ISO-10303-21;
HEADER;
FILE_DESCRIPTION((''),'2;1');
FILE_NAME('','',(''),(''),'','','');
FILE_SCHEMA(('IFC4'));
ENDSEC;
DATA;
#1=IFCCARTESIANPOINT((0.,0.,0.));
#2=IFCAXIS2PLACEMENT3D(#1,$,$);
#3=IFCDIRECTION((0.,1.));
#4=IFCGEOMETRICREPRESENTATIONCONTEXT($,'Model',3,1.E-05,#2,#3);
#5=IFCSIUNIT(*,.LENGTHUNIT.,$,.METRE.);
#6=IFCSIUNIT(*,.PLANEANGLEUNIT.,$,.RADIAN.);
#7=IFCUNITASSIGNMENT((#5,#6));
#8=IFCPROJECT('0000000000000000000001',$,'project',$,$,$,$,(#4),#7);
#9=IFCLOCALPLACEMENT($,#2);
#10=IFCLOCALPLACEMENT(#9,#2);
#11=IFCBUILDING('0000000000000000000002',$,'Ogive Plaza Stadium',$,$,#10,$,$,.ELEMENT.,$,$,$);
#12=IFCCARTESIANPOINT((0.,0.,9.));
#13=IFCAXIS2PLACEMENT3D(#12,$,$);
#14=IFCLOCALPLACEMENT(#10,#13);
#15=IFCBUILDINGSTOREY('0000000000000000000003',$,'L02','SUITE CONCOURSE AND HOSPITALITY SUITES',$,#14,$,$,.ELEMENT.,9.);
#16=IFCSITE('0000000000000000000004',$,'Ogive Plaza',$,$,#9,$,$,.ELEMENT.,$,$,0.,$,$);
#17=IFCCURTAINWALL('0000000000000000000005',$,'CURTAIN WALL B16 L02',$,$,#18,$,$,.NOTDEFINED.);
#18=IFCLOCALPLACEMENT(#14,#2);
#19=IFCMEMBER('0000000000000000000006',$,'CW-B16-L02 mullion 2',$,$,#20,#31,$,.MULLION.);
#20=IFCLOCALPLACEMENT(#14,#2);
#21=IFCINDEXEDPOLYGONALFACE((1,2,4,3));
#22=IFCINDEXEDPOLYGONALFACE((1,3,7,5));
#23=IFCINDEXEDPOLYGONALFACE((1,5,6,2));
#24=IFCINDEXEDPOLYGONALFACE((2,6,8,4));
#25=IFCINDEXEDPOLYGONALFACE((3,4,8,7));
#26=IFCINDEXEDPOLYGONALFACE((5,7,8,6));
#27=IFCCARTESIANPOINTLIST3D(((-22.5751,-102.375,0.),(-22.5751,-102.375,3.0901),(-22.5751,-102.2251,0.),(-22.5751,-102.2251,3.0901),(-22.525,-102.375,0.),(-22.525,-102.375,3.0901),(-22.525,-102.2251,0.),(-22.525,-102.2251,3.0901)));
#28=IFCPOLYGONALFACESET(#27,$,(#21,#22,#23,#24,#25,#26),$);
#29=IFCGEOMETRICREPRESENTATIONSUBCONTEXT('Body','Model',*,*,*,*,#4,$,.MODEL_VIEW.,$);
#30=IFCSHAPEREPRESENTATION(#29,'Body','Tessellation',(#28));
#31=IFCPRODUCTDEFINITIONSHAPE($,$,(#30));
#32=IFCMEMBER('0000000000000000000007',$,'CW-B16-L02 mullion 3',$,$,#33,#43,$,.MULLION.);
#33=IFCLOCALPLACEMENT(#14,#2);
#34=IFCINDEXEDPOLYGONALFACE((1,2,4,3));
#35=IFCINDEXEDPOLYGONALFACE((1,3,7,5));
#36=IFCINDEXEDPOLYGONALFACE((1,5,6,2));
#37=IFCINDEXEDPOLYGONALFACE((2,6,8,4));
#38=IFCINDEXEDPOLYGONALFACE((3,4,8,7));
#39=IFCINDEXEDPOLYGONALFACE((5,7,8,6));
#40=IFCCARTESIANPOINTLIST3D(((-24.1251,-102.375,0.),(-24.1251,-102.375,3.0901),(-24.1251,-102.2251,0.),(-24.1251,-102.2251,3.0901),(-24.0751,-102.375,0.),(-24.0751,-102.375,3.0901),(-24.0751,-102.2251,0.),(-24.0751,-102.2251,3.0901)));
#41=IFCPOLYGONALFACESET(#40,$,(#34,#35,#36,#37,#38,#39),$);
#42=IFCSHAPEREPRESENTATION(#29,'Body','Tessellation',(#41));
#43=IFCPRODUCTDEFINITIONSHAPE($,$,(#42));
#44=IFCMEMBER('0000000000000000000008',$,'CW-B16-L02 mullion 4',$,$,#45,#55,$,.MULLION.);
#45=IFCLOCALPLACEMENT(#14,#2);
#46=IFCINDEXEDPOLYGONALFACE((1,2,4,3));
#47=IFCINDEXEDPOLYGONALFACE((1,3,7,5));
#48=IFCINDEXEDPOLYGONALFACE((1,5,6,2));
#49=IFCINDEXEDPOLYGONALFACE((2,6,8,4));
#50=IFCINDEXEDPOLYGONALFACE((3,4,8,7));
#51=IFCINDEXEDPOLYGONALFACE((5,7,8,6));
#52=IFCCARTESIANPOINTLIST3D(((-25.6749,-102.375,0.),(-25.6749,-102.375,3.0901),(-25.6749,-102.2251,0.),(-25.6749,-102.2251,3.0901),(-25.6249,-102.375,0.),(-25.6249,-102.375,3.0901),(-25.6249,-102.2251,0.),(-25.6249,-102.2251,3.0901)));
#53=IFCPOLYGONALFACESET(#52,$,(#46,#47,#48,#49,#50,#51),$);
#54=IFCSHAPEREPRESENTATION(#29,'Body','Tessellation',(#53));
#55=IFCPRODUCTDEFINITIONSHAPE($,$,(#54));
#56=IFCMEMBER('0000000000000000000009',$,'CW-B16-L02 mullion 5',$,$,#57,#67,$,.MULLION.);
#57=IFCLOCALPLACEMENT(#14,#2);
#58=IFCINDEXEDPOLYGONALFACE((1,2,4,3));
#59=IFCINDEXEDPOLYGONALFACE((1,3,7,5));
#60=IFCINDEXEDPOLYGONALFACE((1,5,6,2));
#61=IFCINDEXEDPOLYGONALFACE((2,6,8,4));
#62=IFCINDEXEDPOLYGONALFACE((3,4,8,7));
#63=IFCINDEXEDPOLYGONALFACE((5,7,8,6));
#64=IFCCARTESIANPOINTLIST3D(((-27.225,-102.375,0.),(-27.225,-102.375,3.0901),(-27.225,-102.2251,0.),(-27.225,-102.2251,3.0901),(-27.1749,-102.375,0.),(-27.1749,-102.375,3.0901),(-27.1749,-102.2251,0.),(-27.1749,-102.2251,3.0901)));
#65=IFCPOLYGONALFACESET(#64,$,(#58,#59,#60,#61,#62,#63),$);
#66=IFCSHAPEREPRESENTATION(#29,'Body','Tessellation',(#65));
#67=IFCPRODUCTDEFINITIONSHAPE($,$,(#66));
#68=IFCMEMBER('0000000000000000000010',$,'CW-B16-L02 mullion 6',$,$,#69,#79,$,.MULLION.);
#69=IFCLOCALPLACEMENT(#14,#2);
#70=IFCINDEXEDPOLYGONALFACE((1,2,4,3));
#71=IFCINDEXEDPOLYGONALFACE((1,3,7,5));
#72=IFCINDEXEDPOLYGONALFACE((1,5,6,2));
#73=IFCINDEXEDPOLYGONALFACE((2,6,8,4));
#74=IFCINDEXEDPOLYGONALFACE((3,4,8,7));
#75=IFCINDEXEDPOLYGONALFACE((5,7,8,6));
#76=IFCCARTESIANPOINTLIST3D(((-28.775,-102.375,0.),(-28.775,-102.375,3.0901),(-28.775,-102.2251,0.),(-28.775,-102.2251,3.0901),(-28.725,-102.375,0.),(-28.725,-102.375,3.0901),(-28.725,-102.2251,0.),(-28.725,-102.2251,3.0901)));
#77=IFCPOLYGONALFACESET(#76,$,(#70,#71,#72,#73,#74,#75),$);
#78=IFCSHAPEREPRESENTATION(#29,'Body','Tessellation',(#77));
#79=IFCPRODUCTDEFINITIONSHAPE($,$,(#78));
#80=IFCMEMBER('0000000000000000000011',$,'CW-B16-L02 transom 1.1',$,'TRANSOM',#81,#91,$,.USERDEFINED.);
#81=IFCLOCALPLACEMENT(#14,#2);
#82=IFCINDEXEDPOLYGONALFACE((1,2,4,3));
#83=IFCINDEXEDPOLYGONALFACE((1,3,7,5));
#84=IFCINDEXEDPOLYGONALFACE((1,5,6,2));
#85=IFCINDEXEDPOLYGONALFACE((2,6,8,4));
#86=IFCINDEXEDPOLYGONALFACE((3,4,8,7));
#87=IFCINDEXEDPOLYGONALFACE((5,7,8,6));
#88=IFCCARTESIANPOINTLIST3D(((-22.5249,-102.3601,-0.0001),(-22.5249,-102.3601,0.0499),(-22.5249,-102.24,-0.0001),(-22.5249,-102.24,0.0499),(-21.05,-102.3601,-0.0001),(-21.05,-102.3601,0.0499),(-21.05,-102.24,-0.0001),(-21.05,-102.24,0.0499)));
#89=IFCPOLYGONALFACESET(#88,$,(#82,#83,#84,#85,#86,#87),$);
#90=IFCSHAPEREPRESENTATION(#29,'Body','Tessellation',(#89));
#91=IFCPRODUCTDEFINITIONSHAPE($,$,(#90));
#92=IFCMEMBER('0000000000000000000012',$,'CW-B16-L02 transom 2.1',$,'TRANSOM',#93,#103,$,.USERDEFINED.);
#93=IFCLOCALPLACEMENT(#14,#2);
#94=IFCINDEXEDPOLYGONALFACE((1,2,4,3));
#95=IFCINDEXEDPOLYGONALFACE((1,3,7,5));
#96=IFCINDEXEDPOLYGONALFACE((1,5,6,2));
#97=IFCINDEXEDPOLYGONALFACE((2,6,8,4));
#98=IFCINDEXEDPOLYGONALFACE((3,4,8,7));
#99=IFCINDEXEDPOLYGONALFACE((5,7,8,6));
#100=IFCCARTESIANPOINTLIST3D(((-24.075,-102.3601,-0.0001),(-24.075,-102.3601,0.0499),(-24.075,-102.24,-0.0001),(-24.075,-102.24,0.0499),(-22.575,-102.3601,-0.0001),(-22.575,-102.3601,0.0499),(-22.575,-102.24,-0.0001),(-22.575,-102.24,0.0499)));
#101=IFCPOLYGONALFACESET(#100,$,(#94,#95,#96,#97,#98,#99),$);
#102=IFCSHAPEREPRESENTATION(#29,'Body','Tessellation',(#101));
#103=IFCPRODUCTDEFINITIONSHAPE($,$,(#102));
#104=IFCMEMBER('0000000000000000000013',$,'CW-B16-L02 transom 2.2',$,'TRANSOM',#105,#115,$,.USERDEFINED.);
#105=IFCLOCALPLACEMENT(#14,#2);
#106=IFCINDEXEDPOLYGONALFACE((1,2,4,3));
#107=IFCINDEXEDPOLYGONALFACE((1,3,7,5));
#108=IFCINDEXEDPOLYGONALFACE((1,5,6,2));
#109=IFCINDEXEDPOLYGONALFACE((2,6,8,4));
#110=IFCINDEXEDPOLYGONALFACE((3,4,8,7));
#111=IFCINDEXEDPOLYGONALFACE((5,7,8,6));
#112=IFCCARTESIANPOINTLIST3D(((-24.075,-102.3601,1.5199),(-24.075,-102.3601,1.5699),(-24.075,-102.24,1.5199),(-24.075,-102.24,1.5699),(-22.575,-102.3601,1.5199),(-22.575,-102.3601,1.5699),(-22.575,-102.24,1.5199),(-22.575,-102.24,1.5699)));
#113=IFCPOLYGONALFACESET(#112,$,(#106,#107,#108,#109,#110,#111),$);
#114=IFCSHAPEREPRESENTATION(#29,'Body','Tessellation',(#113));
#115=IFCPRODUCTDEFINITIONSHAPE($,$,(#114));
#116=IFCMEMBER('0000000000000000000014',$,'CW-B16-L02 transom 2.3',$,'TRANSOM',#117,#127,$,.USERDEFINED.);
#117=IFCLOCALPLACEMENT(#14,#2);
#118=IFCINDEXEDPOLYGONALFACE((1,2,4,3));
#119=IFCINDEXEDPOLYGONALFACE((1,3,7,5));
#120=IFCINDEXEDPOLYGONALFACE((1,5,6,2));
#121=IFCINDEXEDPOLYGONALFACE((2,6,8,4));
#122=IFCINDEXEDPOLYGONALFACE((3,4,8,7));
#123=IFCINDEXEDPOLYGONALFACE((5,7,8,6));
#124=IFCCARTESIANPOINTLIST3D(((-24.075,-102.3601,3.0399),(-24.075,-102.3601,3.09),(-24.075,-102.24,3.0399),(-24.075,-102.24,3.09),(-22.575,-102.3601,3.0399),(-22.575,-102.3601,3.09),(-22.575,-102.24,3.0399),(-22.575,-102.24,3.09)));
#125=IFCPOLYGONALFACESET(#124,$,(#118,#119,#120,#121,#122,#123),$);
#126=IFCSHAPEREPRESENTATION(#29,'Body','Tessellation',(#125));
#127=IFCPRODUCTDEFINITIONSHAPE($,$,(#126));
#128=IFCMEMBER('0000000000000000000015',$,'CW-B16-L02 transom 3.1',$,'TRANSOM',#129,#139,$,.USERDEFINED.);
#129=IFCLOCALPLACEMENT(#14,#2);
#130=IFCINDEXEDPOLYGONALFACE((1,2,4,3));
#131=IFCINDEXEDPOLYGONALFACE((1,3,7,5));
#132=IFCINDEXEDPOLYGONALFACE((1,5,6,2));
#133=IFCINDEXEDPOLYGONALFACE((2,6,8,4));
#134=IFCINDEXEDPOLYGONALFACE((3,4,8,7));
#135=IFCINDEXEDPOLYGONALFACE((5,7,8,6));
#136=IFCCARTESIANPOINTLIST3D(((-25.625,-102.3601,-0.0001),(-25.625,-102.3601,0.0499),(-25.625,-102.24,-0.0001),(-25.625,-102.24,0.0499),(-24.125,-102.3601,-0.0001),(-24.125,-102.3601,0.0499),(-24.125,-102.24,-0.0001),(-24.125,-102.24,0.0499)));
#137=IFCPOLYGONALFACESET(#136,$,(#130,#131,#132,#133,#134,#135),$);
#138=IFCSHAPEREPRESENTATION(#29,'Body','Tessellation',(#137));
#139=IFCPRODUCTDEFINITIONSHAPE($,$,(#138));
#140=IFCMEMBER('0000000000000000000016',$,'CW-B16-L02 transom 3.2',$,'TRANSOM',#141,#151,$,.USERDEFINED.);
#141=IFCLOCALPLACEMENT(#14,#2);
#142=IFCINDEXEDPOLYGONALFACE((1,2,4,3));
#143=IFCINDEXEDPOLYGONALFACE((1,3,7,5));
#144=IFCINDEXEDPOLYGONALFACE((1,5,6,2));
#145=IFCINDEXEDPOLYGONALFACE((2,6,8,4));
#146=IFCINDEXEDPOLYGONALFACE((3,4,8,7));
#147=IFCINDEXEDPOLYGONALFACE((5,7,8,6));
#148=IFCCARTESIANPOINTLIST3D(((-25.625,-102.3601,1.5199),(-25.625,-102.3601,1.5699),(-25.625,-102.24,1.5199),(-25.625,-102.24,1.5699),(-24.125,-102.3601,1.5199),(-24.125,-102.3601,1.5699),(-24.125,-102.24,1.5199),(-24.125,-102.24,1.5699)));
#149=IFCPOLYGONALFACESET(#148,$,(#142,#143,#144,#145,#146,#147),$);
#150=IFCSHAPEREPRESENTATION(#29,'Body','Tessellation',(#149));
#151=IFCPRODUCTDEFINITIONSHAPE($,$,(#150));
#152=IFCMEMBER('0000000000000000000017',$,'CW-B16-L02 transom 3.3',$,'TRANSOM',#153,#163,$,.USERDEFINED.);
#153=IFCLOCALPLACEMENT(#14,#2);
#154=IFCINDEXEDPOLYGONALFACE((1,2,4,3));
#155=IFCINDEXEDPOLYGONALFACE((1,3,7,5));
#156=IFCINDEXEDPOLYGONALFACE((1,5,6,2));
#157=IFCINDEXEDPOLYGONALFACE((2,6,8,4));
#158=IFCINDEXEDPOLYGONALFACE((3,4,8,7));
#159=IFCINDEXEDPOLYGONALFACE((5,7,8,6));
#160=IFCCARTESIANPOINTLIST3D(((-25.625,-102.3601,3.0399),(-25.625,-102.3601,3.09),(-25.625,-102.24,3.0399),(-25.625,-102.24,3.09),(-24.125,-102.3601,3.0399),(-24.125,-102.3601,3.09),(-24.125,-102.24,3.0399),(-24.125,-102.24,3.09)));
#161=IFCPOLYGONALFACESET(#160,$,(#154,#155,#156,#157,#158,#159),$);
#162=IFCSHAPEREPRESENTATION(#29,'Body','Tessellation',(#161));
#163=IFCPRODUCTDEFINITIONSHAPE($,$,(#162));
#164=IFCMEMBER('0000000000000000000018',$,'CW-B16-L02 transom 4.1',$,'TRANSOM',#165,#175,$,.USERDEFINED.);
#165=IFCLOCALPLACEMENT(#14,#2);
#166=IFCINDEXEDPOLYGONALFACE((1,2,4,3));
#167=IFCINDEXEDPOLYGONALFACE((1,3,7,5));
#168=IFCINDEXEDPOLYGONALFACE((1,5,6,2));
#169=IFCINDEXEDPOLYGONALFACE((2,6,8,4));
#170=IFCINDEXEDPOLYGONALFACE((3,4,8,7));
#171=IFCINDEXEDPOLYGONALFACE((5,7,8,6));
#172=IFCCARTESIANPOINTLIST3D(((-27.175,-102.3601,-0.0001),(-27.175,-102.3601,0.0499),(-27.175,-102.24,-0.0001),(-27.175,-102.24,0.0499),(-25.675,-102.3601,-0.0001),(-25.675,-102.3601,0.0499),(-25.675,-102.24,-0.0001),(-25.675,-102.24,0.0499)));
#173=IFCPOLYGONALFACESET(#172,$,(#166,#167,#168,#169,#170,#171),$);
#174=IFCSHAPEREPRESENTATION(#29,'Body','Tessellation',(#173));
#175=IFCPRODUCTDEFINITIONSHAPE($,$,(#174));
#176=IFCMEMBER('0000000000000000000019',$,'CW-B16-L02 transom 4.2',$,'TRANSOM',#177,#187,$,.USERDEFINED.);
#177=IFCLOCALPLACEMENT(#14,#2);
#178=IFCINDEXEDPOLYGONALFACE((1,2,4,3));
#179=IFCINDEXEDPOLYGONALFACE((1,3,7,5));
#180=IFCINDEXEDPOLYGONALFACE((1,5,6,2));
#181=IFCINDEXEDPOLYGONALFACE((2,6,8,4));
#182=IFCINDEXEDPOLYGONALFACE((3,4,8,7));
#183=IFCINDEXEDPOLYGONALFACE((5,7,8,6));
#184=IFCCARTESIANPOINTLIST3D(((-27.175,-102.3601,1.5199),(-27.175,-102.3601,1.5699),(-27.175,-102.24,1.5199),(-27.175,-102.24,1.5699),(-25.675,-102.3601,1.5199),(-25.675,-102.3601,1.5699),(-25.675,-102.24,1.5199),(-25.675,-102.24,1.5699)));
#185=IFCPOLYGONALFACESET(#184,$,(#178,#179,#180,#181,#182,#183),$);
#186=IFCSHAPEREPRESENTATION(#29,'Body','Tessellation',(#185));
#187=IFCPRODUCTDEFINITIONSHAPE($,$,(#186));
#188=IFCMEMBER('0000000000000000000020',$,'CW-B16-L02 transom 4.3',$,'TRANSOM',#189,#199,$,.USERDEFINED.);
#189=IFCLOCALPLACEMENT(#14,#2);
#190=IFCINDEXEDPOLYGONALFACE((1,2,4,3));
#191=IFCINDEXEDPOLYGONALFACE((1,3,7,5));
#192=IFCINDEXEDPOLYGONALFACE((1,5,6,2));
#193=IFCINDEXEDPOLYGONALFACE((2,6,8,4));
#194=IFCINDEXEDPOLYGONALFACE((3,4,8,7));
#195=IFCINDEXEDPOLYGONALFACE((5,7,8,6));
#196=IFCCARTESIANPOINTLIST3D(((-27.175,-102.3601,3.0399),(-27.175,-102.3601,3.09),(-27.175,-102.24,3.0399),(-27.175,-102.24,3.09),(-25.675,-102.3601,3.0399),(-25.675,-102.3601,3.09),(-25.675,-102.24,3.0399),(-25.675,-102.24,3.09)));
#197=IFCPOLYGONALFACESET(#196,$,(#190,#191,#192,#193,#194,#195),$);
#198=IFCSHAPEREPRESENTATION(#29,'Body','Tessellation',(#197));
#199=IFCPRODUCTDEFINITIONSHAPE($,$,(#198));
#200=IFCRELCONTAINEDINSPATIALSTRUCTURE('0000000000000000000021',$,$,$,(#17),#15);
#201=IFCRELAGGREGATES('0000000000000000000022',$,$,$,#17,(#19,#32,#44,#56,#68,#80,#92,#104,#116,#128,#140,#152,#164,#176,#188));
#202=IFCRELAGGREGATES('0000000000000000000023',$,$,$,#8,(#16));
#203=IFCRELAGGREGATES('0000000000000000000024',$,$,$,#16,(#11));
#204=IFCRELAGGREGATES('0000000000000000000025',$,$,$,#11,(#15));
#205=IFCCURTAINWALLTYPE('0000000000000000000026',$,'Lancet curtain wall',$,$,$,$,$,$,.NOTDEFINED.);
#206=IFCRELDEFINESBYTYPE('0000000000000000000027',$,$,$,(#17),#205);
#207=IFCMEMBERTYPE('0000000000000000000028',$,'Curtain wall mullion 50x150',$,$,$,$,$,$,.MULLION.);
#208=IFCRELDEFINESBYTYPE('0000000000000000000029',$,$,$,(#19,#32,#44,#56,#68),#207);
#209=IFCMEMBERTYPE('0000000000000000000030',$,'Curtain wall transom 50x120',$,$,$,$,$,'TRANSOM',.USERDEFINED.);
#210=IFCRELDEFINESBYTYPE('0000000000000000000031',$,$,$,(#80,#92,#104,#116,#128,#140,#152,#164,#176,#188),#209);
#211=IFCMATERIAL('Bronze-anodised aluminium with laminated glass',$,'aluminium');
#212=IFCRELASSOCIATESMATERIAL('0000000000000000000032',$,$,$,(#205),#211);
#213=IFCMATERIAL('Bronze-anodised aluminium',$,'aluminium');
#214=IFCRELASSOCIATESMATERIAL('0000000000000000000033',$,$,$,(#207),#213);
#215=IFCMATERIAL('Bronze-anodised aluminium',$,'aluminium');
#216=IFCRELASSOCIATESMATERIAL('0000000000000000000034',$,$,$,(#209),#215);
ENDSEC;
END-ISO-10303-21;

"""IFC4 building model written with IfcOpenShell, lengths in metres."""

from ifc_helpers import new_model, si_unit, direction, frame, origin, origin_2d, place, context, subcontext, project, spatial, rectangle, extrude, material, material_profile, profile_set, type_object, element, aggregate, save


model = new_model("IFC4")

# Units and contexts
model_context = context("Model", 3, precision=1e-05, world=origin(), true_north=direction((0.0, 1.0)))
body_context = subcontext(model_context, "Body", "Model", "MODEL_VIEW")
ifc_project = project(units=[si_unit("LENGTHUNIT", "METRE"), si_unit("PLANEANGLEUNIT", "RADIAN")], contexts=[model_context])

# Site, building, storey
site_placement = place(None, origin())
site = spatial("IfcSite", under=ifc_project, at=site_placement, Name="Ogive Plaza", CompositionType="ELEMENT", RefElevation=0.0)
building_placement = place(site_placement, origin())
building = spatial("IfcBuilding", under=site, at=building_placement, Name="Ogive Plaza Stadium", CompositionType="ELEMENT")
storey_placement = place(building_placement, frame((0.0, 0.0, 9.0)))
storey = spatial("IfcBuildingStorey", under=building, at=storey_placement, Name="L02", Description="SUITE CONCOURSE AND HOSPITALITY SUITES", CompositionType="ELEMENT", Elevation=9.0)

# Curtain wall, members
ifc_material_1 = material(Name="Bronze-anodised aluminium with laminated glass", Category="aluminium")
curtain_wall_type = type_object("IfcCurtainWallType", Name="Lancet curtain wall", PredefinedType="NOTDEFINED", material=ifc_material_1)
curtain_wall_placement = place(storey_placement, origin())
curtain_wall = element("IfcCurtainWall", 1, at=curtain_wall_placement, inside=storey, type_object=curtain_wall_type, Name="CURTAIN WALL B16 L02", PredefinedType="NOTDEFINED")
ifc_material_2 = material(Name="Bronze-anodised aluminium", Category="aluminium")
ifc_material_profile_1 = material_profile(ifc_material_2, rectangle(XDim=0.1499, YDim=0.05, at=origin_2d()), Name="AL 150x50")
ifc_profile_set_1 = profile_set([ifc_material_profile_1], Name="Bronze-anodised aluminium")
member_type_1 = type_object("IfcMemberType", Name="Curtain wall mullion 50x150", PredefinedType="MULLION", material=ifc_profile_set_1)
member_1_placement = place(storey_placement, frame((-22.55, -102.3, 0.0), z_axis=(0.0, 0.0, 1.0), x_axis=(0.0, -1.0, 0.0)))
member_1 = element("IfcMember", 2, at=member_1_placement, type_object=member_type_1, Name="CW-B16-L02 mullion 2", PredefinedType="MULLION", context=body_context, shape_type="SweptSolid", body=[
    extrude(rectangle(XDim=0.1499, YDim=0.05, at=origin_2d()), origin(), (0.0, 0.0, 1.0), 3.0901),
])
member_2_placement = place(storey_placement, frame((-24.1001, -102.3, 0.0), z_axis=(0.0, 0.0, 1.0), x_axis=(0.0, -1.0, 0.0)))
member_2 = element("IfcMember", 3, at=member_2_placement, type_object=member_type_1, Name="CW-B16-L02 mullion 3", PredefinedType="MULLION", context=body_context, shape_type="SweptSolid", body=[
    extrude(rectangle(XDim=0.1499, YDim=0.05, at=origin_2d()), origin(), (0.0, 0.0, 1.0), 3.0901),
])
member_3_placement = place(storey_placement, frame((-25.6499, -102.3, 0.0), z_axis=(0.0, 0.0, 1.0), x_axis=(0.0, -1.0, 0.0)))
member_3 = element("IfcMember", 4, at=member_3_placement, type_object=member_type_1, Name="CW-B16-L02 mullion 4", PredefinedType="MULLION", context=body_context, shape_type="SweptSolid", body=[
    extrude(rectangle(XDim=0.1499, YDim=0.05, at=origin_2d()), origin(), (0.0, 0.0, 1.0), 3.0901),
])
member_4_placement = place(storey_placement, frame((-27.2, -102.3, 0.0), z_axis=(0.0, 0.0, 1.0), x_axis=(0.0, -1.0, 0.0)))
member_4 = element("IfcMember", 5, at=member_4_placement, type_object=member_type_1, Name="CW-B16-L02 mullion 5", PredefinedType="MULLION", context=body_context, shape_type="SweptSolid", body=[
    extrude(rectangle(XDim=0.1499, YDim=0.05, at=origin_2d()), origin(), (0.0, 0.0, 1.0), 3.0901),
])
member_5_placement = place(storey_placement, frame((-28.75, -102.3, 0.0), z_axis=(0.0, 0.0, 1.0), x_axis=(0.0, -1.0, 0.0)))
member_5 = element("IfcMember", 6, at=member_5_placement, type_object=member_type_1, Name="CW-B16-L02 mullion 6", PredefinedType="MULLION", context=body_context, shape_type="SweptSolid", body=[
    extrude(rectangle(XDim=0.1499, YDim=0.05, at=origin_2d()), origin(), (0.0, 0.0, 1.0), 3.0901),
])
ifc_material_3 = material(Name="Bronze-anodised aluminium", Category="aluminium")
ifc_material_profile_2 = material_profile(ifc_material_3, rectangle(XDim=0.1201, YDim=0.05, at=origin_2d()), Name="AL 120x50")
ifc_profile_set_2 = profile_set([ifc_material_profile_2], Name="Bronze-anodised aluminium")
member_type_2 = type_object("IfcMemberType", Name="Curtain wall transom 50x120", ElementType="TRANSOM", PredefinedType="USERDEFINED", material=ifc_profile_set_2)
member_6_placement = place(storey_placement, frame((-21.05, -102.3, 0.0249), z_axis=(-1.0, 0.0, 0.0), x_axis=(0.0, -1.0, 0.0)))
member_6 = element("IfcMember", 7, at=member_6_placement, type_object=member_type_2, Name="CW-B16-L02 transom 1.1", ObjectType="TRANSOM", PredefinedType="USERDEFINED", context=body_context, shape_type="SweptSolid", body=[
    extrude(rectangle(XDim=0.1201, YDim=0.05, at=origin_2d()), origin(), (0.0, 0.0, 1.0), 1.4749),
])
member_7_placement = place(storey_placement, frame((-22.575, -102.3, 0.0249), z_axis=(-1.0, 0.0, 0.0), x_axis=(0.0, -1.0, 0.0)))
member_7 = element("IfcMember", 8, at=member_7_placement, type_object=member_type_2, Name="CW-B16-L02 transom 2.1", ObjectType="TRANSOM", PredefinedType="USERDEFINED", context=body_context, shape_type="SweptSolid", body=[
    extrude(rectangle(XDim=0.1201, YDim=0.05, at=origin_2d()), origin(), (0.0, 0.0, 1.0), 1.5),
])
member_8_placement = place(storey_placement, frame((-22.575, -102.3, 1.5449), z_axis=(-1.0, 0.0, 0.0), x_axis=(0.0, -1.0, 0.0)))
member_8 = element("IfcMember", 9, at=member_8_placement, type_object=member_type_2, Name="CW-B16-L02 transom 2.2", ObjectType="TRANSOM", PredefinedType="USERDEFINED", context=body_context, shape_type="SweptSolid", body=[
    extrude(rectangle(XDim=0.1201, YDim=0.05, at=origin_2d()), origin(), (0.0, 0.0, 1.0), 1.5),
])
member_9_placement = place(storey_placement, frame((-22.575, -102.3, 3.0649), z_axis=(-1.0, 0.0, 0.0), x_axis=(0.0, -1.0, 0.0)))
member_9 = element("IfcMember", 10, at=member_9_placement, type_object=member_type_2, Name="CW-B16-L02 transom 2.3", ObjectType="TRANSOM", PredefinedType="USERDEFINED", context=body_context, shape_type="SweptSolid", body=[
    extrude(rectangle(XDim=0.1201, YDim=0.05, at=origin_2d()), origin(), (0.0, 0.0, 1.0), 1.5),
])
member_10_placement = place(storey_placement, frame((-24.125, -102.3, 0.0249), z_axis=(-1.0, 0.0, 0.0), x_axis=(0.0, -1.0, 0.0)))
member_10 = element("IfcMember", 11, at=member_10_placement, type_object=member_type_2, Name="CW-B16-L02 transom 3.1", ObjectType="TRANSOM", PredefinedType="USERDEFINED", context=body_context, shape_type="SweptSolid", body=[
    extrude(rectangle(XDim=0.1201, YDim=0.05, at=origin_2d()), origin(), (0.0, 0.0, 1.0), 1.5),
])
member_11_placement = place(storey_placement, frame((-24.125, -102.3, 1.5449), z_axis=(-1.0, 0.0, 0.0), x_axis=(0.0, -1.0, 0.0)))
member_11 = element("IfcMember", 12, at=member_11_placement, type_object=member_type_2, Name="CW-B16-L02 transom 3.2", ObjectType="TRANSOM", PredefinedType="USERDEFINED", context=body_context, shape_type="SweptSolid", body=[
    extrude(rectangle(XDim=0.1201, YDim=0.05, at=origin_2d()), origin(), (0.0, 0.0, 1.0), 1.5),
])
member_12_placement = place(storey_placement, frame((-24.125, -102.3, 3.0649), z_axis=(-1.0, 0.0, 0.0), x_axis=(0.0, -1.0, 0.0)))
member_12 = element("IfcMember", 13, at=member_12_placement, type_object=member_type_2, Name="CW-B16-L02 transom 3.3", ObjectType="TRANSOM", PredefinedType="USERDEFINED", context=body_context, shape_type="SweptSolid", body=[
    extrude(rectangle(XDim=0.1201, YDim=0.05, at=origin_2d()), origin(), (0.0, 0.0, 1.0), 1.5),
])
member_13_placement = place(storey_placement, frame((-25.675, -102.3, 0.0249), z_axis=(-1.0, 0.0, 0.0), x_axis=(0.0, -1.0, 0.0)))
member_13 = element("IfcMember", 14, at=member_13_placement, type_object=member_type_2, Name="CW-B16-L02 transom 4.1", ObjectType="TRANSOM", PredefinedType="USERDEFINED", context=body_context, shape_type="SweptSolid", body=[
    extrude(rectangle(XDim=0.1201, YDim=0.05, at=origin_2d()), origin(), (0.0, 0.0, 1.0), 1.5),
])
member_14_placement = place(storey_placement, frame((-25.675, -102.3, 1.5449), z_axis=(-1.0, 0.0, 0.0), x_axis=(0.0, -1.0, 0.0)))
member_14 = element("IfcMember", 15, at=member_14_placement, type_object=member_type_2, Name="CW-B16-L02 transom 4.2", ObjectType="TRANSOM", PredefinedType="USERDEFINED", context=body_context, shape_type="SweptSolid", body=[
    extrude(rectangle(XDim=0.1201, YDim=0.05, at=origin_2d()), origin(), (0.0, 0.0, 1.0), 1.5),
])
member_15_placement = place(storey_placement, frame((-25.675, -102.3, 3.0649), z_axis=(-1.0, 0.0, 0.0), x_axis=(0.0, -1.0, 0.0)))
member_15 = element("IfcMember", 16, at=member_15_placement, type_object=member_type_2, Name="CW-B16-L02 transom 4.3", ObjectType="TRANSOM", PredefinedType="USERDEFINED", context=body_context, shape_type="SweptSolid", body=[
    extrude(rectangle(XDim=0.1201, YDim=0.05, at=origin_2d()), origin(), (0.0, 0.0, 1.0), 1.5),
])
aggregate(curtain_wall, [member_1, member_2, member_3, member_4, member_5, member_6, member_7, member_8, member_9, member_10, member_11, member_12, member_13, member_14, member_15])

save(model, "model.ifc")
